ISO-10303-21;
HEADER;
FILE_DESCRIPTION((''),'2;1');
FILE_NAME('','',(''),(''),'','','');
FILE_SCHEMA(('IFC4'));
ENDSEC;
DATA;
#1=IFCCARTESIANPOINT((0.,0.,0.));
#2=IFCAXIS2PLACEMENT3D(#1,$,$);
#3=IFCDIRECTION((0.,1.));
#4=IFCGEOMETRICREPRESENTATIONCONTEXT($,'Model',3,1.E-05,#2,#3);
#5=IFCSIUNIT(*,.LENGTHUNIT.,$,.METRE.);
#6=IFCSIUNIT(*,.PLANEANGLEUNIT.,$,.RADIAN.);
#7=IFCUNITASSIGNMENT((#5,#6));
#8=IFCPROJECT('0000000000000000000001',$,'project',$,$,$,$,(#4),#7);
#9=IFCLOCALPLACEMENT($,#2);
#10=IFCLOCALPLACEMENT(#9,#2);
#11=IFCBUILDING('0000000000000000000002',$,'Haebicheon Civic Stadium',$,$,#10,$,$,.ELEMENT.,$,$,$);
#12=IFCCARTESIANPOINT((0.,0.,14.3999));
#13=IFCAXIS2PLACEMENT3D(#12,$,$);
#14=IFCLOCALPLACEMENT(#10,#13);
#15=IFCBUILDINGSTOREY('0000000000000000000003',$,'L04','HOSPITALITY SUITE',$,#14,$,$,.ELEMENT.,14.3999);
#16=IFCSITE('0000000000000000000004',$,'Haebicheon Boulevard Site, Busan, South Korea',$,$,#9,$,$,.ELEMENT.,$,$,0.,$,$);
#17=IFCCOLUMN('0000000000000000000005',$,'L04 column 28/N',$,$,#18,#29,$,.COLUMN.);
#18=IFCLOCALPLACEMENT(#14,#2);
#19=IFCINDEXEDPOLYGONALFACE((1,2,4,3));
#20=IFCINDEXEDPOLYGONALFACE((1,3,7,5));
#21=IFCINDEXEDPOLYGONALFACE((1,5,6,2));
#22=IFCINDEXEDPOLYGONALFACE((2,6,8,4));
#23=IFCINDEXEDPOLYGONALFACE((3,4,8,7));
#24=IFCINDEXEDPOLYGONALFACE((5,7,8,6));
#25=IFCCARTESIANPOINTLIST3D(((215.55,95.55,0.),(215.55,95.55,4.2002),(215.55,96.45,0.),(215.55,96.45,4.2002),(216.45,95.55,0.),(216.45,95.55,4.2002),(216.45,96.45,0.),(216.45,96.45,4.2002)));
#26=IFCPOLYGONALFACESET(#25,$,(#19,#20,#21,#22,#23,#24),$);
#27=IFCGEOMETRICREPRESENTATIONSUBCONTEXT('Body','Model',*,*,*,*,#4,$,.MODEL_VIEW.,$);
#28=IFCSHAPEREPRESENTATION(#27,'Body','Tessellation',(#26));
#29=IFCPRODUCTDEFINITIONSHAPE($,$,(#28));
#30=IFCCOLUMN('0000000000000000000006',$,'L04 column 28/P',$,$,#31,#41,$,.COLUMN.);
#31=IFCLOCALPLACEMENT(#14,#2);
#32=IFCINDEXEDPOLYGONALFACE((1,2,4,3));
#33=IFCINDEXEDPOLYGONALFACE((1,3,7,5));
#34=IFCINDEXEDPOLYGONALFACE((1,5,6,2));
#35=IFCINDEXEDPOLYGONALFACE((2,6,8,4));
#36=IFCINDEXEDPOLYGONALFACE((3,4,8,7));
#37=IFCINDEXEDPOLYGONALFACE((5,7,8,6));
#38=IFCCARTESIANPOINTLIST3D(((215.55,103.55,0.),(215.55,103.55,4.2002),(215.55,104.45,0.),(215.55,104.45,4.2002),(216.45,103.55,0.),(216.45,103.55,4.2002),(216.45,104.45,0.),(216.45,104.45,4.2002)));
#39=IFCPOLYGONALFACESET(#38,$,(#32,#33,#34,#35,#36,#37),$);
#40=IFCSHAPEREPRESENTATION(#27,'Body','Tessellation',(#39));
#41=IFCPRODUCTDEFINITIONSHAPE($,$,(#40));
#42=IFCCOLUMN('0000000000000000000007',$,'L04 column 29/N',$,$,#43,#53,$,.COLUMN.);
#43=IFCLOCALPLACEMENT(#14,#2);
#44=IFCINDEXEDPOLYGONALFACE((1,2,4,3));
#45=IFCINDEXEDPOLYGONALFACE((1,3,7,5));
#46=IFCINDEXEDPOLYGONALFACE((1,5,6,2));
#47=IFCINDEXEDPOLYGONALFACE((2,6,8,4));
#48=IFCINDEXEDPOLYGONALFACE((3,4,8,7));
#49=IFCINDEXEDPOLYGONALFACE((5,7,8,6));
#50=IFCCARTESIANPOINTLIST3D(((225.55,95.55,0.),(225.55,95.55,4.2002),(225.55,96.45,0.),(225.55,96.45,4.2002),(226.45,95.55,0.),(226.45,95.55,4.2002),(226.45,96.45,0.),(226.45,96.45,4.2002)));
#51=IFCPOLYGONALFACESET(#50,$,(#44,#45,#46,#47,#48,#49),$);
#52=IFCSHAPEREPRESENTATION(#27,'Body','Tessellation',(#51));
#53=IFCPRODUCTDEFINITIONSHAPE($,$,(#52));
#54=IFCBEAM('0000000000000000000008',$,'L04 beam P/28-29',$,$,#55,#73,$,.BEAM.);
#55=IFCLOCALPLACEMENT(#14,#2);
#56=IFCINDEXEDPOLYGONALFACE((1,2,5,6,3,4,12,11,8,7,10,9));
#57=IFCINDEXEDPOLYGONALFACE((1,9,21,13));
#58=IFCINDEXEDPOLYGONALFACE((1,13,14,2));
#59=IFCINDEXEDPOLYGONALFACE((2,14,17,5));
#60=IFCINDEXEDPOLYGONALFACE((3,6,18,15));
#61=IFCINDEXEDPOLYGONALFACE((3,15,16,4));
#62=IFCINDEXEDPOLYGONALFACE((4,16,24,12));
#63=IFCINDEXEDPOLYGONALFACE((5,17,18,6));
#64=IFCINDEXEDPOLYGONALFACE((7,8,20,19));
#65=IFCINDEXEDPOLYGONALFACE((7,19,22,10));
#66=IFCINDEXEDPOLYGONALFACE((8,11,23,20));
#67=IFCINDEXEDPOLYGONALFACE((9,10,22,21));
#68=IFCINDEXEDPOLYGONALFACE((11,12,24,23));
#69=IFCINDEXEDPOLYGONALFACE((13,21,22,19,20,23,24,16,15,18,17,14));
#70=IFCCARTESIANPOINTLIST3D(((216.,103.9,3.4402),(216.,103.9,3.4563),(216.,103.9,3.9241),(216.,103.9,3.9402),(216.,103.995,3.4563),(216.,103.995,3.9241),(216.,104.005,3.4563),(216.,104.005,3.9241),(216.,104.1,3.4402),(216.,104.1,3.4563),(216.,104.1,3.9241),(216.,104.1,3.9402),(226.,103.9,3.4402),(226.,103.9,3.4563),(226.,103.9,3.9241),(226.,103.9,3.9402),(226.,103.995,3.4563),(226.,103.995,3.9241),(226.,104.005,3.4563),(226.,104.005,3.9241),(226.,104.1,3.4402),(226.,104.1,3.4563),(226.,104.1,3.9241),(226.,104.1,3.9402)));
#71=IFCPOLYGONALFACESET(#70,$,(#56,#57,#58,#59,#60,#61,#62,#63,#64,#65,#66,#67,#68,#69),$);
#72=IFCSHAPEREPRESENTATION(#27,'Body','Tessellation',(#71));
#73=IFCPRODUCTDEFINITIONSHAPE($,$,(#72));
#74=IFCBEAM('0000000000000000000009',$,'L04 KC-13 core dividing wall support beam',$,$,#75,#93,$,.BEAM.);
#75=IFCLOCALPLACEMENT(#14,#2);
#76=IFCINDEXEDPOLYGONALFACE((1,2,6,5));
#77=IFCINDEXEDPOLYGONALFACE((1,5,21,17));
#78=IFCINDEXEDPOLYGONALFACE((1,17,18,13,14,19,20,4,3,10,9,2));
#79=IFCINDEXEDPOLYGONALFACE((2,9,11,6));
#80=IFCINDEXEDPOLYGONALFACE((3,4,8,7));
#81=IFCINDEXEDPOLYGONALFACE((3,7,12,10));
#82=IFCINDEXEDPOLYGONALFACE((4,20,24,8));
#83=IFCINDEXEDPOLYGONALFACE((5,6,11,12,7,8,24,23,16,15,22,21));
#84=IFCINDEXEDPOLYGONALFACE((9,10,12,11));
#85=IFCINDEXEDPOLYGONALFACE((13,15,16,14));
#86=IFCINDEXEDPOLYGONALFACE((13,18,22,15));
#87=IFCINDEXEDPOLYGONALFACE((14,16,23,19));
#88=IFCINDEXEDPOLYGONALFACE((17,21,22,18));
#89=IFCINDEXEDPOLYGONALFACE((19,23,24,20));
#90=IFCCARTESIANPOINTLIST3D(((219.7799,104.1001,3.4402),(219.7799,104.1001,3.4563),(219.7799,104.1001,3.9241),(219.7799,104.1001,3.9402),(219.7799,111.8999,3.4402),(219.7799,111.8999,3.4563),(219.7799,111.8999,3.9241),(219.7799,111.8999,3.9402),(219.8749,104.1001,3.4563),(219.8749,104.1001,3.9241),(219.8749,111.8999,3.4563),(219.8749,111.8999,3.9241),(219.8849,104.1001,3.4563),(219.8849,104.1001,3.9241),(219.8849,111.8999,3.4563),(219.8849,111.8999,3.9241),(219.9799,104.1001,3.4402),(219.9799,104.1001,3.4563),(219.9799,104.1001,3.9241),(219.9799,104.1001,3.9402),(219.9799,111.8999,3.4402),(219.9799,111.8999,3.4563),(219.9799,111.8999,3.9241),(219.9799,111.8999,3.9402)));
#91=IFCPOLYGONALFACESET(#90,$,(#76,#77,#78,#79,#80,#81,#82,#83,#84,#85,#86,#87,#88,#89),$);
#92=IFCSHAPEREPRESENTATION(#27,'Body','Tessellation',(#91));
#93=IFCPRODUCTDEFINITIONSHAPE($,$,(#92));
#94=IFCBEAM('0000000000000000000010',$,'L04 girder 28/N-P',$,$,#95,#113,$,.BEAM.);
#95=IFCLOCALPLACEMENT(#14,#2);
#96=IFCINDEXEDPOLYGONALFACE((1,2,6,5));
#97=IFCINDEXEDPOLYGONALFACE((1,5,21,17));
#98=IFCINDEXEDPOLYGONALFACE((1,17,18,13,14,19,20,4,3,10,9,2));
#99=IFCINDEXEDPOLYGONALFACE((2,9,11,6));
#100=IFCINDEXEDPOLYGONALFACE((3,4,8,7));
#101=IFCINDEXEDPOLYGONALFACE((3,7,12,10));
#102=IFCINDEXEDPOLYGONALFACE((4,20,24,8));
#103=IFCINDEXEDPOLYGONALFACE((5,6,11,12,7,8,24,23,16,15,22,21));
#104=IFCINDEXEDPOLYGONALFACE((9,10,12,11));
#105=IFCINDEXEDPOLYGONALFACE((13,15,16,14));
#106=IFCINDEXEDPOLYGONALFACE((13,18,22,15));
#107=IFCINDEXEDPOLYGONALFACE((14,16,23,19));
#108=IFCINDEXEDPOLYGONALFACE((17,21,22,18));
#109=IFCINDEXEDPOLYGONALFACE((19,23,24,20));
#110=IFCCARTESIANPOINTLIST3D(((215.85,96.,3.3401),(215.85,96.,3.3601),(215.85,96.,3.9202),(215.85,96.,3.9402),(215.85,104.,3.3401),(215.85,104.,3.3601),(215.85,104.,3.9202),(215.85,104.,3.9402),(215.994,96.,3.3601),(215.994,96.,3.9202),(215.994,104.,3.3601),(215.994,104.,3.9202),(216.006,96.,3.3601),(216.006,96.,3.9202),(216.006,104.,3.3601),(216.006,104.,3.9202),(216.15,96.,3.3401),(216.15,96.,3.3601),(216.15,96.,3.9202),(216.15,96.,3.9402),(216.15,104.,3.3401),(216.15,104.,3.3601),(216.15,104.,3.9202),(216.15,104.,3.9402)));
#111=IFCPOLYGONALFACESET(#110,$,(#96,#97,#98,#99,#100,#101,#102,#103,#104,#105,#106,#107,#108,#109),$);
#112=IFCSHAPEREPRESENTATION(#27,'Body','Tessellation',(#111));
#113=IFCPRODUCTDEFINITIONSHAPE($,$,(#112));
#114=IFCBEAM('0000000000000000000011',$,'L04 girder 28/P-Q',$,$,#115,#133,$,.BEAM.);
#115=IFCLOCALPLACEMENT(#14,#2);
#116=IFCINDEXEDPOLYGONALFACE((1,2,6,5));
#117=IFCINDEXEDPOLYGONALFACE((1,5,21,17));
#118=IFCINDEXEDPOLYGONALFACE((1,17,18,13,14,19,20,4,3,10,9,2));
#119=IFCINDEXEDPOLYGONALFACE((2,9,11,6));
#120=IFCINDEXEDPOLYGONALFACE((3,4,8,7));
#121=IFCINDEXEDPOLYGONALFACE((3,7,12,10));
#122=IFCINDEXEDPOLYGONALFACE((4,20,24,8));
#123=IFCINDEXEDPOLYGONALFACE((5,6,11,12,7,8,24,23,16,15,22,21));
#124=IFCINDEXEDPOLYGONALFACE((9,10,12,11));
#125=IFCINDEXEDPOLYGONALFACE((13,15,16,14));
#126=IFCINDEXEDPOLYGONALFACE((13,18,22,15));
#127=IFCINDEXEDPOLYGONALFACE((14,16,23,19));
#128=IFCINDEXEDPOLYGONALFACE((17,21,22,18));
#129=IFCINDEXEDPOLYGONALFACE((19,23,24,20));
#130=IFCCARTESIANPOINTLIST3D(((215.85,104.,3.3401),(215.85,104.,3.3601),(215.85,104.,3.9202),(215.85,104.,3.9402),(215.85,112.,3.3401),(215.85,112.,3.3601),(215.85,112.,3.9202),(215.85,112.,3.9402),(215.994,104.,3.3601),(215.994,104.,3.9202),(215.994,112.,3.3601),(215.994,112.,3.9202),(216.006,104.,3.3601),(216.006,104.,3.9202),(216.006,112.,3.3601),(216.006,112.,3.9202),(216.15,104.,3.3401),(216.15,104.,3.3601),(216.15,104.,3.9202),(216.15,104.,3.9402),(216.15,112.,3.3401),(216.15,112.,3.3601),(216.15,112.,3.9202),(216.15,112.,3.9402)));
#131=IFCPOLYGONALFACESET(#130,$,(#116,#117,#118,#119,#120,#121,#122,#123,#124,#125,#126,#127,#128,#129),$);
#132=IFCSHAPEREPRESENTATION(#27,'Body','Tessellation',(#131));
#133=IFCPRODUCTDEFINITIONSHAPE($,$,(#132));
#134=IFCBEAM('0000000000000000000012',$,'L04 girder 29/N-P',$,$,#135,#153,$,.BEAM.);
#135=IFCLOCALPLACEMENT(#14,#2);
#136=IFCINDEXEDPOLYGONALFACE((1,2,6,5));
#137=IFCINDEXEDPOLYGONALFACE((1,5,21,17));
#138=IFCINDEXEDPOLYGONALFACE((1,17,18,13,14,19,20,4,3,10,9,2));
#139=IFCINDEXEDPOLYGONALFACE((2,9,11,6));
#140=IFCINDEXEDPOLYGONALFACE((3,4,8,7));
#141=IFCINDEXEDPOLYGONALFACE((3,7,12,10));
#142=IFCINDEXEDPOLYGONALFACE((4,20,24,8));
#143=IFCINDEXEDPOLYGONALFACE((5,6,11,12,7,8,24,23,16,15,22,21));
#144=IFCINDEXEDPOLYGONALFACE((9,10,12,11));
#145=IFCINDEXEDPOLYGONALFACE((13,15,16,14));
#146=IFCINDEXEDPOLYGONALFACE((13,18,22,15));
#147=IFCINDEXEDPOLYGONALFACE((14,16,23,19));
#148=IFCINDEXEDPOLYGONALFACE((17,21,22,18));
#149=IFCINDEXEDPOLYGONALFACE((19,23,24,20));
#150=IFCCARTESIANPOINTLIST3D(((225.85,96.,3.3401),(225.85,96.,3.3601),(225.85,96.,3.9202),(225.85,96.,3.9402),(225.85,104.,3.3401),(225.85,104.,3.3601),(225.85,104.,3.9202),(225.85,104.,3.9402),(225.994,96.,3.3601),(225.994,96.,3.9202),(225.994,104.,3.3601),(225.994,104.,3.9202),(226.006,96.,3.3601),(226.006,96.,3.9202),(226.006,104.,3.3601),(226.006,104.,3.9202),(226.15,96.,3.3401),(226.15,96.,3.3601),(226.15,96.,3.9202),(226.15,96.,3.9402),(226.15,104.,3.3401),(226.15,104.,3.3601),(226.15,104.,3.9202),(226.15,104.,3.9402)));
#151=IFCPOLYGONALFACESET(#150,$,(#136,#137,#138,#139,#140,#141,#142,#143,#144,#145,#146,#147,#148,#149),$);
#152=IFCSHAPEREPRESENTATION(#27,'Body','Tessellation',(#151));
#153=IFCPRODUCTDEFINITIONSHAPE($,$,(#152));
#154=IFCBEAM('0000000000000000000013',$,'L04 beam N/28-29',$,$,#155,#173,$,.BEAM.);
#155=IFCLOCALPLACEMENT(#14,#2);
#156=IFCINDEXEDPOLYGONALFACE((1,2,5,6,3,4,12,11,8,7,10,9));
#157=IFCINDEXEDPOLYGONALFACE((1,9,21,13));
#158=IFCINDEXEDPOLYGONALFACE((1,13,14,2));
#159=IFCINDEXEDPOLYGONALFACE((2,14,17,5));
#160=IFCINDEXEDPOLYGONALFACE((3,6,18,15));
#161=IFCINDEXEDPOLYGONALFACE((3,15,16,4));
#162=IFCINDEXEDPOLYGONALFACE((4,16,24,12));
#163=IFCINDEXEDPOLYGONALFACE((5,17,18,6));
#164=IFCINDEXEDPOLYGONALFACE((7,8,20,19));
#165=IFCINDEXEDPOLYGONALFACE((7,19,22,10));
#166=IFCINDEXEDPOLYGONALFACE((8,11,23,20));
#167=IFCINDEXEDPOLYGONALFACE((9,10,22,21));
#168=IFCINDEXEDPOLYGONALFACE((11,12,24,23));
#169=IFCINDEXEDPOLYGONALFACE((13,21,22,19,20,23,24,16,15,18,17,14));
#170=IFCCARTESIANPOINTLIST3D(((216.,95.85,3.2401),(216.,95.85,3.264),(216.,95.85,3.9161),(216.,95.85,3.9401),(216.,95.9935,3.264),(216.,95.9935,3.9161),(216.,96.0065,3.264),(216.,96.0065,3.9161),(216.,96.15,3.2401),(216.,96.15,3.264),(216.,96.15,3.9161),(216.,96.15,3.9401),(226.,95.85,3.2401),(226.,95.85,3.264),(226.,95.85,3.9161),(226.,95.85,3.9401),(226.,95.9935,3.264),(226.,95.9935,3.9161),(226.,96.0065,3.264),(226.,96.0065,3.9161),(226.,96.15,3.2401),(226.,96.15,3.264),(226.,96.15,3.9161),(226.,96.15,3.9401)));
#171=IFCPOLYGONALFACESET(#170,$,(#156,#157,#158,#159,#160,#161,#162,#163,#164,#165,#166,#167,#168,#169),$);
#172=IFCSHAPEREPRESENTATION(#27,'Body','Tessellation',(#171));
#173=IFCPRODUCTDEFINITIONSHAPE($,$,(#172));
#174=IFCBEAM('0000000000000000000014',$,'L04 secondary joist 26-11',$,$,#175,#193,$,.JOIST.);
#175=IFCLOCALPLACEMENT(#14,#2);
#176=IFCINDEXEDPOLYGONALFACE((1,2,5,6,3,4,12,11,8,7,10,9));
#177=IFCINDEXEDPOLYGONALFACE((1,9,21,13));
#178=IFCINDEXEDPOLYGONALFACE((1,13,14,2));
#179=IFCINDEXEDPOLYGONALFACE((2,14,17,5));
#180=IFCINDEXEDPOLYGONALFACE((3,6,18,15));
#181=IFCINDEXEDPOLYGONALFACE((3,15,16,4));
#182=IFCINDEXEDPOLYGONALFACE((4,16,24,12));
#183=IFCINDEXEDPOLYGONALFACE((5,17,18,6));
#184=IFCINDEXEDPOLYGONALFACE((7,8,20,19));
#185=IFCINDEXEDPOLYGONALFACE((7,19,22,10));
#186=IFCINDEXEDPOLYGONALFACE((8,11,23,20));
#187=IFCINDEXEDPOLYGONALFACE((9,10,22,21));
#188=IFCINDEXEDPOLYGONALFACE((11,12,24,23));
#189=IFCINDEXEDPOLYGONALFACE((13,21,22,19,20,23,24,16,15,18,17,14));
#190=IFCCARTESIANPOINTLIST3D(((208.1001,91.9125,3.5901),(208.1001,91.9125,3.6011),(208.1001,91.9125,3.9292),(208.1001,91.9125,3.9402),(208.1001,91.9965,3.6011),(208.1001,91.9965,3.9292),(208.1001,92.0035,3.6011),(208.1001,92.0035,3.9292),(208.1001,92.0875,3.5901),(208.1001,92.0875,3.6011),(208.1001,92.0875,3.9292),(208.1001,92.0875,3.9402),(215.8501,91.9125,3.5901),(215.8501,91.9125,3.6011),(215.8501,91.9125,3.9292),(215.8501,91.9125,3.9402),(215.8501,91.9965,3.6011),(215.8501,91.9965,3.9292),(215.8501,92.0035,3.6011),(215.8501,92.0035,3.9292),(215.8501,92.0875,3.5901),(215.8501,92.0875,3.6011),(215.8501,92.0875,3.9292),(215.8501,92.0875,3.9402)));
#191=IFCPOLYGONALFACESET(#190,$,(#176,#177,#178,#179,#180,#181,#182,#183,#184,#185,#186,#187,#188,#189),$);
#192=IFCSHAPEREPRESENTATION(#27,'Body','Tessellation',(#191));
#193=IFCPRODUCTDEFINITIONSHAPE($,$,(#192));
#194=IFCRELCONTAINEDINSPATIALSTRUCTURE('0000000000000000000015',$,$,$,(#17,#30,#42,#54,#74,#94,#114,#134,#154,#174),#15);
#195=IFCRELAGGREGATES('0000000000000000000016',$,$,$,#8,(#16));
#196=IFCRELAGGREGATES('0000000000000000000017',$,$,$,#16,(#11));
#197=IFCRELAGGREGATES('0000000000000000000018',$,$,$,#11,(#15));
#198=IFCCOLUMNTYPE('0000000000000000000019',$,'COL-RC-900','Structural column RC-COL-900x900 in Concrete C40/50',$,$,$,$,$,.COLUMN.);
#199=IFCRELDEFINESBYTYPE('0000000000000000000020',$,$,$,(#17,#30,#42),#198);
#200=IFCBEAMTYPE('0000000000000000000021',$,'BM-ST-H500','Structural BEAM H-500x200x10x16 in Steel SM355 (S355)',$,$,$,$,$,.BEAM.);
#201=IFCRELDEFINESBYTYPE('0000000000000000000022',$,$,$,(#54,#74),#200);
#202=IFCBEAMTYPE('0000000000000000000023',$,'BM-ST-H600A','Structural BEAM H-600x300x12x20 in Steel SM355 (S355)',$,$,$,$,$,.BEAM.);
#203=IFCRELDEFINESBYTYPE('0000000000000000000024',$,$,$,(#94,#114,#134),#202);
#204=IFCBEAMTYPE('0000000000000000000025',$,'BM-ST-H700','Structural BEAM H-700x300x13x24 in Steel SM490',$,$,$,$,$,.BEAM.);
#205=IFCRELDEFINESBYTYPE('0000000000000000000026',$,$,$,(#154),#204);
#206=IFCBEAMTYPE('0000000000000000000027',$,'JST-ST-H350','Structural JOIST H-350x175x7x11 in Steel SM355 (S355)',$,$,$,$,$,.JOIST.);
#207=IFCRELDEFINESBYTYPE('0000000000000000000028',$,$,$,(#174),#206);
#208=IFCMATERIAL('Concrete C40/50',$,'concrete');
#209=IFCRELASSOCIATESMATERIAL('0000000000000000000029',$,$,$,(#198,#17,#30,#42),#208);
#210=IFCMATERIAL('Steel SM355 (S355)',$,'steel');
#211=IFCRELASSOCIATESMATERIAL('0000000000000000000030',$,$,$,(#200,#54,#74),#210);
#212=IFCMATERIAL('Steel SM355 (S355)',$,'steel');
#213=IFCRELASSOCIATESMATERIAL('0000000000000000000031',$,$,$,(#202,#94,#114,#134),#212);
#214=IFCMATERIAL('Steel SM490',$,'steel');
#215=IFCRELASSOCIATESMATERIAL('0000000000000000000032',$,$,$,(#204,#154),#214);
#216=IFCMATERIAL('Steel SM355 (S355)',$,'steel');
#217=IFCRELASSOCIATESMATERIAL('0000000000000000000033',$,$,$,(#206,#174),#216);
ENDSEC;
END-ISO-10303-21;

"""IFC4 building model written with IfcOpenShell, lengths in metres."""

from ifc_helpers import new_model, si_unit, direction, frame, origin, origin_2d, place, context, subcontext, project, spatial, rectangle, i_section, extrude, material, material_profile, profile_set, type_object, element, save


model = new_model("IFC4")

# Units and contexts
model_context = context("Model", 3, precision=1e-05, world=origin(), true_north=direction((0.0, 1.0)))
body_context = subcontext(model_context, "Body", "Model", "MODEL_VIEW")
ifc_project = project(units=[si_unit("LENGTHUNIT", "METRE"), si_unit("PLANEANGLEUNIT", "RADIAN")], contexts=[model_context])

# Site, building, storey
site_placement = place(None, origin())
site = spatial("IfcSite", under=ifc_project, at=site_placement, Name="Haebicheon Boulevard Site, Busan, South Korea", CompositionType="ELEMENT", RefElevation=0.0)
building_placement = place(site_placement, origin())
building = spatial("IfcBuilding", under=site, at=building_placement, Name="Haebicheon Civic Stadium", CompositionType="ELEMENT")
storey_placement = place(building_placement, frame((0.0, 0.0, 14.3999)))
storey = spatial("IfcBuildingStorey", under=building, at=storey_placement, Name="L04", Description="HOSPITALITY SUITE", CompositionType="ELEMENT", Elevation=14.3999)

# Columns
ifc_material_1 = material(Name="Concrete C40/50", Category="concrete")
ifc_material_profile_1 = material_profile(ifc_material_1, rectangle(XDim=0.8999, YDim=0.8999, at=origin_2d()), Name="RC-COL-900x900")
ifc_profile_set_1 = profile_set([ifc_material_profile_1], Name="Concrete C40/50")
column_type = type_object("IfcColumnType", Name="COL-RC-900", Description="Structural column RC-COL-900x900 in Concrete C40/50", PredefinedType="COLUMN", material=ifc_profile_set_1)
for number, where, z_axis, x_axis, name in (
    (1, (216.0, 96.0, 0.0), (0.0, 0.0, 1.0), (1.0, 0.0, 0.0), "L04 column 28/N"),
    (2, (216.0, 104.0, 0.0), (0.0, 0.0, 1.0), (1.0, 0.0, 0.0), "L04 column 28/P"),
    (3, (226.0, 96.0, 0.0), (0.0, 0.0, 1.0), (1.0, 0.0, 0.0), "L04 column 29/N"),
):
    element("IfcColumn", number, at=place(storey_placement, frame(where, z_axis=z_axis, x_axis=x_axis)), inside=storey, type_object=column_type, material=ifc_profile_set_1, Name=name, PredefinedType="COLUMN", context=body_context, shape_type="SweptSolid", body=[
        extrude(rectangle(XDim=0.8999, YDim=0.8999, at=origin_2d()), origin(), (0.0, 0.0, 1.0), 4.2002),
    ])

# Beams
ifc_material_2 = material(Name="Steel SM355 (S355)", Category="steel")
ifc_material_profile_2 = material_profile(ifc_material_2, i_section(OverallWidth=0.2, OverallDepth=0.5, WebThickness=0.01, FlangeThickness=0.0161, at=origin_2d()), Name="H-500x200x10x16")
ifc_profile_set_2 = profile_set([ifc_material_profile_2], Name="Steel SM355 (S355)")
beam_type_1 = type_object("IfcBeamType", Name="BM-ST-H500", Description="Structural BEAM H-500x200x10x16 in Steel SM355 (S355)", PredefinedType="BEAM", material=ifc_profile_set_2)
beam_1_placement = place(storey_placement, frame((216.0, 104.0, 3.6902), z_axis=(1.0, 0.0, 0.0), x_axis=(0.0, 1.0, 0.0)))
element("IfcBeam", 4, at=beam_1_placement, inside=storey, type_object=beam_type_1, material=ifc_profile_set_2, Name="L04 beam P/28-29", PredefinedType="BEAM", context=body_context, shape_type="SweptSolid", body=[
    extrude(i_section(OverallWidth=0.2, OverallDepth=0.5, WebThickness=0.01, FlangeThickness=0.0161, at=origin_2d()), origin(), (0.0, 0.0, 1.0), 10.0),
])
beam_2_placement = place(storey_placement, frame((219.8799, 104.1001, 3.6902), z_axis=(0.0, 1.0, 0.0), x_axis=(-1.0, 0.0, 0.0)))
element("IfcBeam", 5, at=beam_2_placement, inside=storey, type_object=beam_type_1, material=ifc_profile_set_2, Name="L04 KC-13 core dividing wall support beam", PredefinedType="BEAM", context=body_context, shape_type="SweptSolid", body=[
    extrude(i_section(OverallWidth=0.2, OverallDepth=0.5, WebThickness=0.01, FlangeThickness=0.0161, at=origin_2d()), origin(), (0.0, 0.0, 1.0), 7.7998),
])
ifc_material_3 = material(Name="Steel SM355 (S355)", Category="steel")
ifc_material_profile_3 = material_profile(ifc_material_3, i_section(OverallWidth=0.3, OverallDepth=0.6001, WebThickness=0.012, FlangeThickness=0.02, at=origin_2d()), Name="H-600x300x12x20")
ifc_profile_set_3 = profile_set([ifc_material_profile_3], Name="Steel SM355 (S355)")
beam_type_2 = type_object("IfcBeamType", Name="BM-ST-H600A", Description="Structural BEAM H-600x300x12x20 in Steel SM355 (S355)", PredefinedType="BEAM", material=ifc_profile_set_3)
for number, where, z_axis, x_axis, name in (
    (6, (216.0, 96.0, 3.6401), (0.0, 1.0, 0.0), (-1.0, 0.0, 0.0), "L04 girder 28/N-P"),
    (7, (216.0, 104.0, 3.6401), (0.0, 1.0, 0.0), (-1.0, 0.0, 0.0), "L04 girder 28/P-Q"),
    (8, (226.0, 96.0, 3.6401), (0.0, 1.0, 0.0), (-1.0, 0.0, 0.0), "L04 girder 29/N-P"),
):
    element("IfcBeam", number, at=place(storey_placement, frame(where, z_axis=z_axis, x_axis=x_axis)), inside=storey, type_object=beam_type_2, material=ifc_profile_set_3, Name=name, PredefinedType="BEAM", context=body_context, shape_type="SweptSolid", body=[
        extrude(i_section(OverallWidth=0.3, OverallDepth=0.6001, WebThickness=0.012, FlangeThickness=0.02, at=origin_2d()), origin(), (0.0, 0.0, 1.0), 8.0),
    ])
ifc_material_4 = material(Name="Steel SM490", Category="steel")
ifc_material_profile_4 = material_profile(ifc_material_4, i_section(OverallWidth=0.3, OverallDepth=0.7, WebThickness=0.0129, FlangeThickness=0.0239, at=origin_2d()), Name="H-700x300x13x24")
ifc_profile_set_4 = profile_set([ifc_material_profile_4], Name="Steel SM490")
beam_type_3 = type_object("IfcBeamType", Name="BM-ST-H700", Description="Structural BEAM H-700x300x13x24 in Steel SM490", PredefinedType="BEAM", material=ifc_profile_set_4)
beam_3_placement = place(storey_placement, frame((216.0, 96.0, 3.5901), z_axis=(1.0, 0.0, 0.0), x_axis=(0.0, 1.0, 0.0)))
element("IfcBeam", 9, at=beam_3_placement, inside=storey, type_object=beam_type_3, material=ifc_profile_set_4, Name="L04 beam N/28-29", PredefinedType="BEAM", context=body_context, shape_type="SweptSolid", body=[
    extrude(i_section(OverallWidth=0.3, OverallDepth=0.7, WebThickness=0.0129, FlangeThickness=0.0239, at=origin_2d()), origin(), (0.0, 0.0, 1.0), 10.0),
])
ifc_material_5 = material(Name="Steel SM355 (S355)", Category="steel")
ifc_material_profile_5 = material_profile(ifc_material_5, i_section(OverallWidth=0.175, OverallDepth=0.3501, WebThickness=0.0071, FlangeThickness=0.011, at=origin_2d()), Name="H-350x175x7x11")
ifc_profile_set_5 = profile_set([ifc_material_profile_5], Name="Steel SM355 (S355)")
beam_type_4 = type_object("IfcBeamType", Name="JST-ST-H350", Description="Structural JOIST H-350x175x7x11 in Steel SM355 (S355)", PredefinedType="JOIST", material=ifc_profile_set_5)
for number, where, z_axis, x_axis, name in (
    (10, (208.1001, 92.0, 3.7651), (1.0, 0.0, 0.0), (0.0, 1.0, 0.0), "L04 secondary joist 26-11"),
):
    element("IfcBeam", number, at=place(storey_placement, frame(where, z_axis=z_axis, x_axis=x_axis)), inside=storey, type_object=beam_type_4, material=ifc_profile_set_5, Name=name, PredefinedType="JOIST", context=body_context, shape_type="SweptSolid", body=[
        extrude(i_section(OverallWidth=0.175, OverallDepth=0.3501, WebThickness=0.0071, FlangeThickness=0.011, at=origin_2d()), origin(), (0.0, 0.0, 1.0), 7.75),
    ])

save(model, "model.ifc")
